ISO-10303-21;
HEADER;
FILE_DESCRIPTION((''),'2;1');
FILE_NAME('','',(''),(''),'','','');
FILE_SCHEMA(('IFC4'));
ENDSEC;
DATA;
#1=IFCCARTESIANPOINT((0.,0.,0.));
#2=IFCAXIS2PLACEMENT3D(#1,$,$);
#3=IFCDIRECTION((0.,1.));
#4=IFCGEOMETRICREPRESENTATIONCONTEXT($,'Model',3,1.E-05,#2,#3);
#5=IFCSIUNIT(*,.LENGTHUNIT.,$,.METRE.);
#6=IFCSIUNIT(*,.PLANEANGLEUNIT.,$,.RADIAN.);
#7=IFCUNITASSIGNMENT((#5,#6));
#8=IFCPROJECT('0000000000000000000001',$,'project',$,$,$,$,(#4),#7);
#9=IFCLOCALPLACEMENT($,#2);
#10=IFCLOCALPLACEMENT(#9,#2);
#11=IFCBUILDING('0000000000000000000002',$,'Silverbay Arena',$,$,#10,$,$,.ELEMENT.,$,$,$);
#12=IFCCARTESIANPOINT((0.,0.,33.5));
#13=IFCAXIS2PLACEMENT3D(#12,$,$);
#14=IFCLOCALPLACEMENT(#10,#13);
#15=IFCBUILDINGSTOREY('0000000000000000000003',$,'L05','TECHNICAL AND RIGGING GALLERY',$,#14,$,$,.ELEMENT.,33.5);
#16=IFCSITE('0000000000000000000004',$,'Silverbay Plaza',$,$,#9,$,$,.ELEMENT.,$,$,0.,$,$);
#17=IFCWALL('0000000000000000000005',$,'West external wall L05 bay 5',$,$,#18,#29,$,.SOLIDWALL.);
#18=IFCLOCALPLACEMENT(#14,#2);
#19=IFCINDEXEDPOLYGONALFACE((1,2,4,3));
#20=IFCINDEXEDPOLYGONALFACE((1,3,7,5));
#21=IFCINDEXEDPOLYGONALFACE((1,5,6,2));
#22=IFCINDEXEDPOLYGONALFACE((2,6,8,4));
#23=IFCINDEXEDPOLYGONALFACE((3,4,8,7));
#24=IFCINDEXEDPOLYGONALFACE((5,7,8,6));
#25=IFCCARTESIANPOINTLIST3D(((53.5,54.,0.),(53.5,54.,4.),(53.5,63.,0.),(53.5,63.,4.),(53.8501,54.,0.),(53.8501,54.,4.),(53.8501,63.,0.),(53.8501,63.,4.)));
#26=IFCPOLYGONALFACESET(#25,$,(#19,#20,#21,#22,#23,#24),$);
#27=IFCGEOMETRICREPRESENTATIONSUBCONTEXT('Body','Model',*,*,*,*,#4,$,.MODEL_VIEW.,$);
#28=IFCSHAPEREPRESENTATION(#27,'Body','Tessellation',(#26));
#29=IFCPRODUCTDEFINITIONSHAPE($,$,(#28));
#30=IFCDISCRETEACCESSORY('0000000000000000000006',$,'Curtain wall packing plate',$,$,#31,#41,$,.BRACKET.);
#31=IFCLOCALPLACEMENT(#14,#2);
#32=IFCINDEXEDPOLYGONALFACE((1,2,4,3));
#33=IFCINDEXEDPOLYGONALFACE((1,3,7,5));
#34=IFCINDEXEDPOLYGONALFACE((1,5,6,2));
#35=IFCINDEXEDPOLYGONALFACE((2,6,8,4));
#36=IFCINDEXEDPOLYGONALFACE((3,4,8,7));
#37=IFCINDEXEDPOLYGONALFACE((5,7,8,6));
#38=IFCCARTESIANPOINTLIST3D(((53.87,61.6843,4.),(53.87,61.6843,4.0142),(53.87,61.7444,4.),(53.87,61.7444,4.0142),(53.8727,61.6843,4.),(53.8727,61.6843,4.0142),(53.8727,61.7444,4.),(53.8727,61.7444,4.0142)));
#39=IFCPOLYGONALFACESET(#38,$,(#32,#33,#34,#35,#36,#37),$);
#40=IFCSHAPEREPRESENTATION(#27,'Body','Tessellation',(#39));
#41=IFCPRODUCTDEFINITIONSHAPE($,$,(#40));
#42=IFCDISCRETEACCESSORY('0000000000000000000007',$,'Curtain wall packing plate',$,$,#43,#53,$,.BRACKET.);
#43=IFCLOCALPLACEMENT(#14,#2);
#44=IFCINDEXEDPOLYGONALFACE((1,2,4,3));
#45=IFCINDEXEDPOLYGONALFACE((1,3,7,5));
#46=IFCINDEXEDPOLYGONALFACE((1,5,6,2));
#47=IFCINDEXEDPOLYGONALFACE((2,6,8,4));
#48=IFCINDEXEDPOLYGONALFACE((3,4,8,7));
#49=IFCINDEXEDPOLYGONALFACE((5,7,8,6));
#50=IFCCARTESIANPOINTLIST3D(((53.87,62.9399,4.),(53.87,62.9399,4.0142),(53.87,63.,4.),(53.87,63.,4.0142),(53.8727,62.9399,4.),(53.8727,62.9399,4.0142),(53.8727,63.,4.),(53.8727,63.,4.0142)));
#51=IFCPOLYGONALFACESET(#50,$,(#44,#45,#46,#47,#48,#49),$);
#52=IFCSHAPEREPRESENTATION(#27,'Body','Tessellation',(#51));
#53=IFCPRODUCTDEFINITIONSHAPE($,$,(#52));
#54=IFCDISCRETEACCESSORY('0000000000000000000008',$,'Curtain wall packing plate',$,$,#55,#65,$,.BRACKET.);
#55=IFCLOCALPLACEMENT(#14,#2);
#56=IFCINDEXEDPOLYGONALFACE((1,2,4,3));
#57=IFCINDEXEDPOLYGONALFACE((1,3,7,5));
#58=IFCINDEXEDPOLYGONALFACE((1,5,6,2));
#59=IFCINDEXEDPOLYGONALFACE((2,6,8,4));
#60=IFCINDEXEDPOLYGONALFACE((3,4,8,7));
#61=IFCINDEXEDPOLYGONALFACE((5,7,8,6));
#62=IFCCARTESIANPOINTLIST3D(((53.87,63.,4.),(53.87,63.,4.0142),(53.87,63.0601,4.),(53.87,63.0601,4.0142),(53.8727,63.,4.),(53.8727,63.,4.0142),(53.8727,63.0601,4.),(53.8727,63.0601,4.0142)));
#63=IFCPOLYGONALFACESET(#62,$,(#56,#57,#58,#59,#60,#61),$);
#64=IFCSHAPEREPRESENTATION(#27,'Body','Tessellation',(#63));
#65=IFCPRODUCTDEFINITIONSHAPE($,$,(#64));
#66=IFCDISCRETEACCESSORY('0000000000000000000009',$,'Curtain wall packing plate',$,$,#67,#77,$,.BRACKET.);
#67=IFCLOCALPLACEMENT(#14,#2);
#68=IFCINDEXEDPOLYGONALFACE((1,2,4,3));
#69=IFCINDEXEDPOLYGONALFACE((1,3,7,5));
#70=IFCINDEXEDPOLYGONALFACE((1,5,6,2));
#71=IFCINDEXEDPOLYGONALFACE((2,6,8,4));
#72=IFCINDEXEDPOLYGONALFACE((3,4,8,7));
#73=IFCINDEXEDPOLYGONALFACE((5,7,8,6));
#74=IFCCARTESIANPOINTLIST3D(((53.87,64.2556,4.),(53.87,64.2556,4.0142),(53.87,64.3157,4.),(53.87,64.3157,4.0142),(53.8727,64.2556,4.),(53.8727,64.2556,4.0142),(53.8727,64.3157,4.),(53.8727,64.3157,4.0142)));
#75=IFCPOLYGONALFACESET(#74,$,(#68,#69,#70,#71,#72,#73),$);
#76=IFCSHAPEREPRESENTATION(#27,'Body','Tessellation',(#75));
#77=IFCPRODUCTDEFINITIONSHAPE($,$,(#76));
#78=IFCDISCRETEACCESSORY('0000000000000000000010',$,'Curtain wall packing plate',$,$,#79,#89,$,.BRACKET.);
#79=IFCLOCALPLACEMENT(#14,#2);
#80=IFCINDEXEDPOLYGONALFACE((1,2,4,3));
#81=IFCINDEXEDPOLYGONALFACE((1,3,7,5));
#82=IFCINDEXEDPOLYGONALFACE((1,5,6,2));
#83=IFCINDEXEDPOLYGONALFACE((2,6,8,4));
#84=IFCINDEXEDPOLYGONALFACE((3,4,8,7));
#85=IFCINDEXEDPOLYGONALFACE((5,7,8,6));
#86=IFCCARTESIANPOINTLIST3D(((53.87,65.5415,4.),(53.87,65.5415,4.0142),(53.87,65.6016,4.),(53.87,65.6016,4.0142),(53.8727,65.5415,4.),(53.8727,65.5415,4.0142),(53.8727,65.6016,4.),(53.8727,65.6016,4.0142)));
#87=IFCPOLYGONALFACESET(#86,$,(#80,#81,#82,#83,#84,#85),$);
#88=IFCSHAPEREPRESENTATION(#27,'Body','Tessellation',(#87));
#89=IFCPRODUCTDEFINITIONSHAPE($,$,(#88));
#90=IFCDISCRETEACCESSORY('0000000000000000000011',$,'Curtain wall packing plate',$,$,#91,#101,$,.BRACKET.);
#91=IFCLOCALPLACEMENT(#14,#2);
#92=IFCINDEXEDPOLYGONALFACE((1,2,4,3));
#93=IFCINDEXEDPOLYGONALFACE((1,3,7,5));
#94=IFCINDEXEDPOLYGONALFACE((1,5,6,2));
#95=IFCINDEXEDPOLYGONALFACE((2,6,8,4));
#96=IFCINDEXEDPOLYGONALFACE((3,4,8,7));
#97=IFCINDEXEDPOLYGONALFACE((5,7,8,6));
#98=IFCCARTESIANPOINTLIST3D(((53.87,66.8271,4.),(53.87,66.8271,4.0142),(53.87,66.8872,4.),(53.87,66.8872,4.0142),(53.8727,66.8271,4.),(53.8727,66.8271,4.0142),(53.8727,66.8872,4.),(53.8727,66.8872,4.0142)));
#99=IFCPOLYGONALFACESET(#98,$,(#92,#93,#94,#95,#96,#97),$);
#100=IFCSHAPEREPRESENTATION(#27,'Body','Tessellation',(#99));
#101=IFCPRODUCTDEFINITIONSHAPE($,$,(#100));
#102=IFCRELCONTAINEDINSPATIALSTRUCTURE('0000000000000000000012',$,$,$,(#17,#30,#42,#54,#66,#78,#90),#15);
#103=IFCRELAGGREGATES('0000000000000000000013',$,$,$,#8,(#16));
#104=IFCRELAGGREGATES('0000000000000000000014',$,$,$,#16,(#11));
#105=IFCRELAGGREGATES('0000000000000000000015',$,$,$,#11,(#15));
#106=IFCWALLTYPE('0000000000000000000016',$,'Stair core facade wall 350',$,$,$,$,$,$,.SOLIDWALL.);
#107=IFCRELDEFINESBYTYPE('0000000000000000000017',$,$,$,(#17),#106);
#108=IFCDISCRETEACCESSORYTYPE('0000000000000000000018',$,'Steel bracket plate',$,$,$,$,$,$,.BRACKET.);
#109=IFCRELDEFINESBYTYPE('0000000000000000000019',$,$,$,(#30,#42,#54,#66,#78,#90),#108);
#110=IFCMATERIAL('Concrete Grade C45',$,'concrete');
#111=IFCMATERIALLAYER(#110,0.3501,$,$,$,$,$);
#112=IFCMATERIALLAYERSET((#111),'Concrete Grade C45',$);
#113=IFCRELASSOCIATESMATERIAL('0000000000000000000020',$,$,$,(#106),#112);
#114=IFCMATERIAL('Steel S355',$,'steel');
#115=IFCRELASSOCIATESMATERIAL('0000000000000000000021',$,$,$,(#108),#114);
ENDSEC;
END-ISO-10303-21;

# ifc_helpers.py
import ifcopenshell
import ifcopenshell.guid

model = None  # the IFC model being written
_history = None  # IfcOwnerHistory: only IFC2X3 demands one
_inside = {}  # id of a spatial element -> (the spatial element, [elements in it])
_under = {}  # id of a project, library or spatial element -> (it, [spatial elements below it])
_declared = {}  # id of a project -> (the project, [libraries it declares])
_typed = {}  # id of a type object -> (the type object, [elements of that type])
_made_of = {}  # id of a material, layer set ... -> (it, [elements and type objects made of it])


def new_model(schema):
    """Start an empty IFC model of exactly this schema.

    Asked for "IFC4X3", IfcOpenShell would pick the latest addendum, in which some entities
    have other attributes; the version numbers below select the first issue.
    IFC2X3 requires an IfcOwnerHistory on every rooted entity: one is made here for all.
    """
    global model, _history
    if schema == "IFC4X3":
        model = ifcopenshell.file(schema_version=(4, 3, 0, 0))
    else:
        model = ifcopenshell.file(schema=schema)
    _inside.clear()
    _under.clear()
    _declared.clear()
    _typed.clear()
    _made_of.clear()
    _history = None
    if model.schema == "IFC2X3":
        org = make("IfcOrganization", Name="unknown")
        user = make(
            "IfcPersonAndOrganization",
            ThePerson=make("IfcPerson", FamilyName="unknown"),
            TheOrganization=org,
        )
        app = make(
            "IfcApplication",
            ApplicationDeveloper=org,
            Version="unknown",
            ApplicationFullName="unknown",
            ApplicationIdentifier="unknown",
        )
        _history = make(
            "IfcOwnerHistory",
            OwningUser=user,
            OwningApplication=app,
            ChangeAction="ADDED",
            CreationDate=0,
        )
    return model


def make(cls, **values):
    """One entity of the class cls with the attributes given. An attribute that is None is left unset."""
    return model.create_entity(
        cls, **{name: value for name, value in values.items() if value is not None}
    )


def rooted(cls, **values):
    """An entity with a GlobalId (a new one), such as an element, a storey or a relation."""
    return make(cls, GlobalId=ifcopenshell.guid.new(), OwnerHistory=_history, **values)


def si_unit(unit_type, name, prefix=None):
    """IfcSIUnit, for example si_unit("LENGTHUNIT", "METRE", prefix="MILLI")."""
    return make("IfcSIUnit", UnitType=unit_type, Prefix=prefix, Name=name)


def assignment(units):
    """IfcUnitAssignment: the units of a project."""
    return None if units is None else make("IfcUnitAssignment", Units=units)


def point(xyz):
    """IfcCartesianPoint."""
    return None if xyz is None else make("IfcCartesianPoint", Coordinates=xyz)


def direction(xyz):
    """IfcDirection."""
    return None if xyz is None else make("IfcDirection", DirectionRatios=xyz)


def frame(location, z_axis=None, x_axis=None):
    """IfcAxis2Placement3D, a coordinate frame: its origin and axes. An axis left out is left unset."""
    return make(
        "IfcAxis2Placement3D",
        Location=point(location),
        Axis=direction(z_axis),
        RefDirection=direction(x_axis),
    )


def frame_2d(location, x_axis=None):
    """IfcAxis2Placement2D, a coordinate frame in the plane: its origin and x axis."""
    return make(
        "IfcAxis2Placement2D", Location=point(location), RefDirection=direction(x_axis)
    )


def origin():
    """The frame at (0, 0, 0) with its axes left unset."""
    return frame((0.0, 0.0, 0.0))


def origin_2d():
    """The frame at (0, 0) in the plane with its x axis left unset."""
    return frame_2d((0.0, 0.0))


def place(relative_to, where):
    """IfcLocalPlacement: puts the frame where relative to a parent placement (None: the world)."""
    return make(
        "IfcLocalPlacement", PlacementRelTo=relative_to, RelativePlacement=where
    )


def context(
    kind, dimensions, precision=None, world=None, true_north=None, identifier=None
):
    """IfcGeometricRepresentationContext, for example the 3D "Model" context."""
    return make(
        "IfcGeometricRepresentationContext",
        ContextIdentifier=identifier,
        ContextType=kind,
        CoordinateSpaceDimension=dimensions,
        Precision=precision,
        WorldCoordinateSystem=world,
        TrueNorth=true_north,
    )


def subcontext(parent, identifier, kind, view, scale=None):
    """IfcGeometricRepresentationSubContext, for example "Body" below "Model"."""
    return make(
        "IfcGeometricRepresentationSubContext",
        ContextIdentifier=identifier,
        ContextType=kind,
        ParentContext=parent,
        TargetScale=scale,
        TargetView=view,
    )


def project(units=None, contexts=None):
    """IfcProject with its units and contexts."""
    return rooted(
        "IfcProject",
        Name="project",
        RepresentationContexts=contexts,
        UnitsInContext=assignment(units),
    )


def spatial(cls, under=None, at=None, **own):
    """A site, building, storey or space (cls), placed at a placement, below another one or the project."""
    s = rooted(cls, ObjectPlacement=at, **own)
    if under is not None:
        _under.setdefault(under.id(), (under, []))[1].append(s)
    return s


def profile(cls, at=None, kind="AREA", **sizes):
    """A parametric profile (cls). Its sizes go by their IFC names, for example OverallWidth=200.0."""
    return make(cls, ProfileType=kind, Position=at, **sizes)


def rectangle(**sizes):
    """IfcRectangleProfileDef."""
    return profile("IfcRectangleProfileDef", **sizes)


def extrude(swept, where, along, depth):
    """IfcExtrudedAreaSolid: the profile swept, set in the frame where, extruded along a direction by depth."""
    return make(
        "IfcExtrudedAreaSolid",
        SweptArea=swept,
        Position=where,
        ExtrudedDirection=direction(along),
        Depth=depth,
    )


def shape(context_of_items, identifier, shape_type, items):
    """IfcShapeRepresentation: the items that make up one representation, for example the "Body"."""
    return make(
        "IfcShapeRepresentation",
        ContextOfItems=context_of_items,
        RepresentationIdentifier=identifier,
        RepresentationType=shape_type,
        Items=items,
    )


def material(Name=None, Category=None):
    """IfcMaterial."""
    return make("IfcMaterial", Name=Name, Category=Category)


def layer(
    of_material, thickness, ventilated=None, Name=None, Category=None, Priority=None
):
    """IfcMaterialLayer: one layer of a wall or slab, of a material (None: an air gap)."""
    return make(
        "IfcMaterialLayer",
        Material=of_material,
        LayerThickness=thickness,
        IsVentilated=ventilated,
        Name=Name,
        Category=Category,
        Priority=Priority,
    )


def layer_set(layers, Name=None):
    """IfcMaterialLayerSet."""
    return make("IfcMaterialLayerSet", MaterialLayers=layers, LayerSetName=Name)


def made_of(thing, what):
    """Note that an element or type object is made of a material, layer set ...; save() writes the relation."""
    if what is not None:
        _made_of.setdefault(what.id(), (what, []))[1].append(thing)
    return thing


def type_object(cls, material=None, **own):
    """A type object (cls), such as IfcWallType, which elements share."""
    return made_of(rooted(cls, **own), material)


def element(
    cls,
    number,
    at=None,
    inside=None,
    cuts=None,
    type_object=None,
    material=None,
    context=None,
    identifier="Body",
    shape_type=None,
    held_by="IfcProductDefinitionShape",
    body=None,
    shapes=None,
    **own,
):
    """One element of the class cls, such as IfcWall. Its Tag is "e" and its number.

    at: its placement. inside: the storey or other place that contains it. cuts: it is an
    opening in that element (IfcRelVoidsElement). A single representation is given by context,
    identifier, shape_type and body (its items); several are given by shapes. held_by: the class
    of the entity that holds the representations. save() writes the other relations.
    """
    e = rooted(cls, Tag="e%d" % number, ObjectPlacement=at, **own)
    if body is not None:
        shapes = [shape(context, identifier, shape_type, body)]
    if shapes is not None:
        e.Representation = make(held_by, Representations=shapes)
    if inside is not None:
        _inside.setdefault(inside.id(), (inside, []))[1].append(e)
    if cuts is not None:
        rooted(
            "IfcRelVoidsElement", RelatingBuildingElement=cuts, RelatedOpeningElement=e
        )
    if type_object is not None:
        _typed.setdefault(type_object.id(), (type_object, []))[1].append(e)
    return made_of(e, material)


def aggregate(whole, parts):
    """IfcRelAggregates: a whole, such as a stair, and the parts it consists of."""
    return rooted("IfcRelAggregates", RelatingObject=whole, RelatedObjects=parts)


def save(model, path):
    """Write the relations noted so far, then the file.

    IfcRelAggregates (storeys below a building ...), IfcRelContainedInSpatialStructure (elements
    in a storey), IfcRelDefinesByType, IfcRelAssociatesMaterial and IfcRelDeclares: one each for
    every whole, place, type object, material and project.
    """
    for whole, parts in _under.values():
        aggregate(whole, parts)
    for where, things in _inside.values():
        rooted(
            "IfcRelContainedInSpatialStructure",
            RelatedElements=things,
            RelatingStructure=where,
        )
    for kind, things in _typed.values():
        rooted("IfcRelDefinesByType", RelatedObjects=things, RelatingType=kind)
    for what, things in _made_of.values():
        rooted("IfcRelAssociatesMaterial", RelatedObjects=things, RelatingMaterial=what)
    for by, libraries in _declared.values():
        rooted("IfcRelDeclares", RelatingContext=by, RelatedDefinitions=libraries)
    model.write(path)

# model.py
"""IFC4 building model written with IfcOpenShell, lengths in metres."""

from ifc_helpers import new_model, si_unit, direction, frame, frame_2d, origin, origin_2d, place, context, subcontext, project, spatial, rectangle, extrude, material, layer, layer_set, type_object, element, save


model = new_model("IFC4")

# Units and contexts
model_context = context("Model", 3, precision=1e-05, world=origin(), true_north=direction((0.0, 1.0)))
body_context = subcontext(model_context, "Body", "Model", "MODEL_VIEW")
ifc_project = project(units=[si_unit("LENGTHUNIT", "METRE"), si_unit("PLANEANGLEUNIT", "RADIAN")], contexts=[model_context])

# Site, building, storey
site_placement = place(None, origin())
site = spatial("IfcSite", under=ifc_project, at=site_placement, Name="Silverbay Plaza", CompositionType="ELEMENT", RefElevation=0.0)
building_placement = place(site_placement, origin())
building = spatial("IfcBuilding", under=site, at=building_placement, Name="Silverbay Arena", CompositionType="ELEMENT")
storey_placement = place(building_placement, frame((0.0, 0.0, 33.5)))
storey = spatial("IfcBuildingStorey", under=building, at=storey_placement, Name="L05", Description="TECHNICAL AND RIGGING GALLERY", CompositionType="ELEMENT", Elevation=33.5)

# Wall
ifc_material_1 = material(Name="Concrete Grade C45", Category="concrete")
ifc_layer_1 = layer(ifc_material_1, 0.3501)
ifc_layer_set_1 = layer_set([ifc_layer_1], Name="Concrete Grade C45")
wall_type_1 = type_object("IfcWallType", Name="Stair core facade wall 350", PredefinedType="SOLIDWALL", material=ifc_layer_set_1)
wall_1_placement = place(storey_placement, frame((53.675, 63.0, 0.0), z_axis=(0.0, 0.0, 1.0), x_axis=(0.0, -1.0, 0.0)))
element("IfcWall", 1, at=wall_1_placement, inside=storey, type_object=wall_type_1, Name="West external wall L05 bay 5", PredefinedType="SOLIDWALL", context=body_context, shape_type="SweptSolid", body=[
    extrude(rectangle(XDim=9.0, YDim=0.3501, at=frame_2d((4.5, 0.0))), origin(), (0.0, 0.0, 1.0), 4.0),
])

# Discrete accessories
ifc_material_2 = material(Name="Steel S355", Category="steel")
discrete_accessory_type = type_object("IfcDiscreteAccessoryType", Name="Steel bracket plate", PredefinedType="BRACKET", material=ifc_material_2)
for number, where, z_axis, x_axis, name in (
    (2, (53.8713, 61.7144, 4.0), (0.0, 0.0, 1.0), (1.0, 0.0, 0.0), "Curtain wall packing plate"),
    (3, (53.8713, 62.97, 4.0), (0.0, 0.0, 1.0), (1.0, 0.0, 0.0), "Curtain wall packing plate"),
    (4, (53.8713, 63.03, 4.0), (0.0, 0.0, 1.0), (1.0, 0.0, 0.0), "Curtain wall packing plate"),
    (5, (53.8713, 64.2856, 4.0), (0.0, 0.0, 1.0), (1.0, 0.0, 0.0), "Curtain wall packing plate"),
    (6, (53.8713, 65.5715, 4.0), (0.0, 0.0, 1.0), (1.0, 0.0, 0.0), "Curtain wall packing plate"),
    (7, (53.8713, 66.8572, 4.0), (0.0, 0.0, 1.0), (1.0, 0.0, 0.0), "Curtain wall packing plate"),
):
    element("IfcDiscreteAccessory", number, at=place(storey_placement, frame(where, z_axis=z_axis, x_axis=x_axis)), inside=storey, type_object=discrete_accessory_type, Name=name, PredefinedType="BRACKET", context=body_context, shape_type="SweptSolid", body=[
        extrude(rectangle(XDim=0.0027, YDim=0.0601, at=origin_2d()), origin(), (0.0, 0.0, 1.0), 0.0142),
    ])

save(model, "model.ifc")
